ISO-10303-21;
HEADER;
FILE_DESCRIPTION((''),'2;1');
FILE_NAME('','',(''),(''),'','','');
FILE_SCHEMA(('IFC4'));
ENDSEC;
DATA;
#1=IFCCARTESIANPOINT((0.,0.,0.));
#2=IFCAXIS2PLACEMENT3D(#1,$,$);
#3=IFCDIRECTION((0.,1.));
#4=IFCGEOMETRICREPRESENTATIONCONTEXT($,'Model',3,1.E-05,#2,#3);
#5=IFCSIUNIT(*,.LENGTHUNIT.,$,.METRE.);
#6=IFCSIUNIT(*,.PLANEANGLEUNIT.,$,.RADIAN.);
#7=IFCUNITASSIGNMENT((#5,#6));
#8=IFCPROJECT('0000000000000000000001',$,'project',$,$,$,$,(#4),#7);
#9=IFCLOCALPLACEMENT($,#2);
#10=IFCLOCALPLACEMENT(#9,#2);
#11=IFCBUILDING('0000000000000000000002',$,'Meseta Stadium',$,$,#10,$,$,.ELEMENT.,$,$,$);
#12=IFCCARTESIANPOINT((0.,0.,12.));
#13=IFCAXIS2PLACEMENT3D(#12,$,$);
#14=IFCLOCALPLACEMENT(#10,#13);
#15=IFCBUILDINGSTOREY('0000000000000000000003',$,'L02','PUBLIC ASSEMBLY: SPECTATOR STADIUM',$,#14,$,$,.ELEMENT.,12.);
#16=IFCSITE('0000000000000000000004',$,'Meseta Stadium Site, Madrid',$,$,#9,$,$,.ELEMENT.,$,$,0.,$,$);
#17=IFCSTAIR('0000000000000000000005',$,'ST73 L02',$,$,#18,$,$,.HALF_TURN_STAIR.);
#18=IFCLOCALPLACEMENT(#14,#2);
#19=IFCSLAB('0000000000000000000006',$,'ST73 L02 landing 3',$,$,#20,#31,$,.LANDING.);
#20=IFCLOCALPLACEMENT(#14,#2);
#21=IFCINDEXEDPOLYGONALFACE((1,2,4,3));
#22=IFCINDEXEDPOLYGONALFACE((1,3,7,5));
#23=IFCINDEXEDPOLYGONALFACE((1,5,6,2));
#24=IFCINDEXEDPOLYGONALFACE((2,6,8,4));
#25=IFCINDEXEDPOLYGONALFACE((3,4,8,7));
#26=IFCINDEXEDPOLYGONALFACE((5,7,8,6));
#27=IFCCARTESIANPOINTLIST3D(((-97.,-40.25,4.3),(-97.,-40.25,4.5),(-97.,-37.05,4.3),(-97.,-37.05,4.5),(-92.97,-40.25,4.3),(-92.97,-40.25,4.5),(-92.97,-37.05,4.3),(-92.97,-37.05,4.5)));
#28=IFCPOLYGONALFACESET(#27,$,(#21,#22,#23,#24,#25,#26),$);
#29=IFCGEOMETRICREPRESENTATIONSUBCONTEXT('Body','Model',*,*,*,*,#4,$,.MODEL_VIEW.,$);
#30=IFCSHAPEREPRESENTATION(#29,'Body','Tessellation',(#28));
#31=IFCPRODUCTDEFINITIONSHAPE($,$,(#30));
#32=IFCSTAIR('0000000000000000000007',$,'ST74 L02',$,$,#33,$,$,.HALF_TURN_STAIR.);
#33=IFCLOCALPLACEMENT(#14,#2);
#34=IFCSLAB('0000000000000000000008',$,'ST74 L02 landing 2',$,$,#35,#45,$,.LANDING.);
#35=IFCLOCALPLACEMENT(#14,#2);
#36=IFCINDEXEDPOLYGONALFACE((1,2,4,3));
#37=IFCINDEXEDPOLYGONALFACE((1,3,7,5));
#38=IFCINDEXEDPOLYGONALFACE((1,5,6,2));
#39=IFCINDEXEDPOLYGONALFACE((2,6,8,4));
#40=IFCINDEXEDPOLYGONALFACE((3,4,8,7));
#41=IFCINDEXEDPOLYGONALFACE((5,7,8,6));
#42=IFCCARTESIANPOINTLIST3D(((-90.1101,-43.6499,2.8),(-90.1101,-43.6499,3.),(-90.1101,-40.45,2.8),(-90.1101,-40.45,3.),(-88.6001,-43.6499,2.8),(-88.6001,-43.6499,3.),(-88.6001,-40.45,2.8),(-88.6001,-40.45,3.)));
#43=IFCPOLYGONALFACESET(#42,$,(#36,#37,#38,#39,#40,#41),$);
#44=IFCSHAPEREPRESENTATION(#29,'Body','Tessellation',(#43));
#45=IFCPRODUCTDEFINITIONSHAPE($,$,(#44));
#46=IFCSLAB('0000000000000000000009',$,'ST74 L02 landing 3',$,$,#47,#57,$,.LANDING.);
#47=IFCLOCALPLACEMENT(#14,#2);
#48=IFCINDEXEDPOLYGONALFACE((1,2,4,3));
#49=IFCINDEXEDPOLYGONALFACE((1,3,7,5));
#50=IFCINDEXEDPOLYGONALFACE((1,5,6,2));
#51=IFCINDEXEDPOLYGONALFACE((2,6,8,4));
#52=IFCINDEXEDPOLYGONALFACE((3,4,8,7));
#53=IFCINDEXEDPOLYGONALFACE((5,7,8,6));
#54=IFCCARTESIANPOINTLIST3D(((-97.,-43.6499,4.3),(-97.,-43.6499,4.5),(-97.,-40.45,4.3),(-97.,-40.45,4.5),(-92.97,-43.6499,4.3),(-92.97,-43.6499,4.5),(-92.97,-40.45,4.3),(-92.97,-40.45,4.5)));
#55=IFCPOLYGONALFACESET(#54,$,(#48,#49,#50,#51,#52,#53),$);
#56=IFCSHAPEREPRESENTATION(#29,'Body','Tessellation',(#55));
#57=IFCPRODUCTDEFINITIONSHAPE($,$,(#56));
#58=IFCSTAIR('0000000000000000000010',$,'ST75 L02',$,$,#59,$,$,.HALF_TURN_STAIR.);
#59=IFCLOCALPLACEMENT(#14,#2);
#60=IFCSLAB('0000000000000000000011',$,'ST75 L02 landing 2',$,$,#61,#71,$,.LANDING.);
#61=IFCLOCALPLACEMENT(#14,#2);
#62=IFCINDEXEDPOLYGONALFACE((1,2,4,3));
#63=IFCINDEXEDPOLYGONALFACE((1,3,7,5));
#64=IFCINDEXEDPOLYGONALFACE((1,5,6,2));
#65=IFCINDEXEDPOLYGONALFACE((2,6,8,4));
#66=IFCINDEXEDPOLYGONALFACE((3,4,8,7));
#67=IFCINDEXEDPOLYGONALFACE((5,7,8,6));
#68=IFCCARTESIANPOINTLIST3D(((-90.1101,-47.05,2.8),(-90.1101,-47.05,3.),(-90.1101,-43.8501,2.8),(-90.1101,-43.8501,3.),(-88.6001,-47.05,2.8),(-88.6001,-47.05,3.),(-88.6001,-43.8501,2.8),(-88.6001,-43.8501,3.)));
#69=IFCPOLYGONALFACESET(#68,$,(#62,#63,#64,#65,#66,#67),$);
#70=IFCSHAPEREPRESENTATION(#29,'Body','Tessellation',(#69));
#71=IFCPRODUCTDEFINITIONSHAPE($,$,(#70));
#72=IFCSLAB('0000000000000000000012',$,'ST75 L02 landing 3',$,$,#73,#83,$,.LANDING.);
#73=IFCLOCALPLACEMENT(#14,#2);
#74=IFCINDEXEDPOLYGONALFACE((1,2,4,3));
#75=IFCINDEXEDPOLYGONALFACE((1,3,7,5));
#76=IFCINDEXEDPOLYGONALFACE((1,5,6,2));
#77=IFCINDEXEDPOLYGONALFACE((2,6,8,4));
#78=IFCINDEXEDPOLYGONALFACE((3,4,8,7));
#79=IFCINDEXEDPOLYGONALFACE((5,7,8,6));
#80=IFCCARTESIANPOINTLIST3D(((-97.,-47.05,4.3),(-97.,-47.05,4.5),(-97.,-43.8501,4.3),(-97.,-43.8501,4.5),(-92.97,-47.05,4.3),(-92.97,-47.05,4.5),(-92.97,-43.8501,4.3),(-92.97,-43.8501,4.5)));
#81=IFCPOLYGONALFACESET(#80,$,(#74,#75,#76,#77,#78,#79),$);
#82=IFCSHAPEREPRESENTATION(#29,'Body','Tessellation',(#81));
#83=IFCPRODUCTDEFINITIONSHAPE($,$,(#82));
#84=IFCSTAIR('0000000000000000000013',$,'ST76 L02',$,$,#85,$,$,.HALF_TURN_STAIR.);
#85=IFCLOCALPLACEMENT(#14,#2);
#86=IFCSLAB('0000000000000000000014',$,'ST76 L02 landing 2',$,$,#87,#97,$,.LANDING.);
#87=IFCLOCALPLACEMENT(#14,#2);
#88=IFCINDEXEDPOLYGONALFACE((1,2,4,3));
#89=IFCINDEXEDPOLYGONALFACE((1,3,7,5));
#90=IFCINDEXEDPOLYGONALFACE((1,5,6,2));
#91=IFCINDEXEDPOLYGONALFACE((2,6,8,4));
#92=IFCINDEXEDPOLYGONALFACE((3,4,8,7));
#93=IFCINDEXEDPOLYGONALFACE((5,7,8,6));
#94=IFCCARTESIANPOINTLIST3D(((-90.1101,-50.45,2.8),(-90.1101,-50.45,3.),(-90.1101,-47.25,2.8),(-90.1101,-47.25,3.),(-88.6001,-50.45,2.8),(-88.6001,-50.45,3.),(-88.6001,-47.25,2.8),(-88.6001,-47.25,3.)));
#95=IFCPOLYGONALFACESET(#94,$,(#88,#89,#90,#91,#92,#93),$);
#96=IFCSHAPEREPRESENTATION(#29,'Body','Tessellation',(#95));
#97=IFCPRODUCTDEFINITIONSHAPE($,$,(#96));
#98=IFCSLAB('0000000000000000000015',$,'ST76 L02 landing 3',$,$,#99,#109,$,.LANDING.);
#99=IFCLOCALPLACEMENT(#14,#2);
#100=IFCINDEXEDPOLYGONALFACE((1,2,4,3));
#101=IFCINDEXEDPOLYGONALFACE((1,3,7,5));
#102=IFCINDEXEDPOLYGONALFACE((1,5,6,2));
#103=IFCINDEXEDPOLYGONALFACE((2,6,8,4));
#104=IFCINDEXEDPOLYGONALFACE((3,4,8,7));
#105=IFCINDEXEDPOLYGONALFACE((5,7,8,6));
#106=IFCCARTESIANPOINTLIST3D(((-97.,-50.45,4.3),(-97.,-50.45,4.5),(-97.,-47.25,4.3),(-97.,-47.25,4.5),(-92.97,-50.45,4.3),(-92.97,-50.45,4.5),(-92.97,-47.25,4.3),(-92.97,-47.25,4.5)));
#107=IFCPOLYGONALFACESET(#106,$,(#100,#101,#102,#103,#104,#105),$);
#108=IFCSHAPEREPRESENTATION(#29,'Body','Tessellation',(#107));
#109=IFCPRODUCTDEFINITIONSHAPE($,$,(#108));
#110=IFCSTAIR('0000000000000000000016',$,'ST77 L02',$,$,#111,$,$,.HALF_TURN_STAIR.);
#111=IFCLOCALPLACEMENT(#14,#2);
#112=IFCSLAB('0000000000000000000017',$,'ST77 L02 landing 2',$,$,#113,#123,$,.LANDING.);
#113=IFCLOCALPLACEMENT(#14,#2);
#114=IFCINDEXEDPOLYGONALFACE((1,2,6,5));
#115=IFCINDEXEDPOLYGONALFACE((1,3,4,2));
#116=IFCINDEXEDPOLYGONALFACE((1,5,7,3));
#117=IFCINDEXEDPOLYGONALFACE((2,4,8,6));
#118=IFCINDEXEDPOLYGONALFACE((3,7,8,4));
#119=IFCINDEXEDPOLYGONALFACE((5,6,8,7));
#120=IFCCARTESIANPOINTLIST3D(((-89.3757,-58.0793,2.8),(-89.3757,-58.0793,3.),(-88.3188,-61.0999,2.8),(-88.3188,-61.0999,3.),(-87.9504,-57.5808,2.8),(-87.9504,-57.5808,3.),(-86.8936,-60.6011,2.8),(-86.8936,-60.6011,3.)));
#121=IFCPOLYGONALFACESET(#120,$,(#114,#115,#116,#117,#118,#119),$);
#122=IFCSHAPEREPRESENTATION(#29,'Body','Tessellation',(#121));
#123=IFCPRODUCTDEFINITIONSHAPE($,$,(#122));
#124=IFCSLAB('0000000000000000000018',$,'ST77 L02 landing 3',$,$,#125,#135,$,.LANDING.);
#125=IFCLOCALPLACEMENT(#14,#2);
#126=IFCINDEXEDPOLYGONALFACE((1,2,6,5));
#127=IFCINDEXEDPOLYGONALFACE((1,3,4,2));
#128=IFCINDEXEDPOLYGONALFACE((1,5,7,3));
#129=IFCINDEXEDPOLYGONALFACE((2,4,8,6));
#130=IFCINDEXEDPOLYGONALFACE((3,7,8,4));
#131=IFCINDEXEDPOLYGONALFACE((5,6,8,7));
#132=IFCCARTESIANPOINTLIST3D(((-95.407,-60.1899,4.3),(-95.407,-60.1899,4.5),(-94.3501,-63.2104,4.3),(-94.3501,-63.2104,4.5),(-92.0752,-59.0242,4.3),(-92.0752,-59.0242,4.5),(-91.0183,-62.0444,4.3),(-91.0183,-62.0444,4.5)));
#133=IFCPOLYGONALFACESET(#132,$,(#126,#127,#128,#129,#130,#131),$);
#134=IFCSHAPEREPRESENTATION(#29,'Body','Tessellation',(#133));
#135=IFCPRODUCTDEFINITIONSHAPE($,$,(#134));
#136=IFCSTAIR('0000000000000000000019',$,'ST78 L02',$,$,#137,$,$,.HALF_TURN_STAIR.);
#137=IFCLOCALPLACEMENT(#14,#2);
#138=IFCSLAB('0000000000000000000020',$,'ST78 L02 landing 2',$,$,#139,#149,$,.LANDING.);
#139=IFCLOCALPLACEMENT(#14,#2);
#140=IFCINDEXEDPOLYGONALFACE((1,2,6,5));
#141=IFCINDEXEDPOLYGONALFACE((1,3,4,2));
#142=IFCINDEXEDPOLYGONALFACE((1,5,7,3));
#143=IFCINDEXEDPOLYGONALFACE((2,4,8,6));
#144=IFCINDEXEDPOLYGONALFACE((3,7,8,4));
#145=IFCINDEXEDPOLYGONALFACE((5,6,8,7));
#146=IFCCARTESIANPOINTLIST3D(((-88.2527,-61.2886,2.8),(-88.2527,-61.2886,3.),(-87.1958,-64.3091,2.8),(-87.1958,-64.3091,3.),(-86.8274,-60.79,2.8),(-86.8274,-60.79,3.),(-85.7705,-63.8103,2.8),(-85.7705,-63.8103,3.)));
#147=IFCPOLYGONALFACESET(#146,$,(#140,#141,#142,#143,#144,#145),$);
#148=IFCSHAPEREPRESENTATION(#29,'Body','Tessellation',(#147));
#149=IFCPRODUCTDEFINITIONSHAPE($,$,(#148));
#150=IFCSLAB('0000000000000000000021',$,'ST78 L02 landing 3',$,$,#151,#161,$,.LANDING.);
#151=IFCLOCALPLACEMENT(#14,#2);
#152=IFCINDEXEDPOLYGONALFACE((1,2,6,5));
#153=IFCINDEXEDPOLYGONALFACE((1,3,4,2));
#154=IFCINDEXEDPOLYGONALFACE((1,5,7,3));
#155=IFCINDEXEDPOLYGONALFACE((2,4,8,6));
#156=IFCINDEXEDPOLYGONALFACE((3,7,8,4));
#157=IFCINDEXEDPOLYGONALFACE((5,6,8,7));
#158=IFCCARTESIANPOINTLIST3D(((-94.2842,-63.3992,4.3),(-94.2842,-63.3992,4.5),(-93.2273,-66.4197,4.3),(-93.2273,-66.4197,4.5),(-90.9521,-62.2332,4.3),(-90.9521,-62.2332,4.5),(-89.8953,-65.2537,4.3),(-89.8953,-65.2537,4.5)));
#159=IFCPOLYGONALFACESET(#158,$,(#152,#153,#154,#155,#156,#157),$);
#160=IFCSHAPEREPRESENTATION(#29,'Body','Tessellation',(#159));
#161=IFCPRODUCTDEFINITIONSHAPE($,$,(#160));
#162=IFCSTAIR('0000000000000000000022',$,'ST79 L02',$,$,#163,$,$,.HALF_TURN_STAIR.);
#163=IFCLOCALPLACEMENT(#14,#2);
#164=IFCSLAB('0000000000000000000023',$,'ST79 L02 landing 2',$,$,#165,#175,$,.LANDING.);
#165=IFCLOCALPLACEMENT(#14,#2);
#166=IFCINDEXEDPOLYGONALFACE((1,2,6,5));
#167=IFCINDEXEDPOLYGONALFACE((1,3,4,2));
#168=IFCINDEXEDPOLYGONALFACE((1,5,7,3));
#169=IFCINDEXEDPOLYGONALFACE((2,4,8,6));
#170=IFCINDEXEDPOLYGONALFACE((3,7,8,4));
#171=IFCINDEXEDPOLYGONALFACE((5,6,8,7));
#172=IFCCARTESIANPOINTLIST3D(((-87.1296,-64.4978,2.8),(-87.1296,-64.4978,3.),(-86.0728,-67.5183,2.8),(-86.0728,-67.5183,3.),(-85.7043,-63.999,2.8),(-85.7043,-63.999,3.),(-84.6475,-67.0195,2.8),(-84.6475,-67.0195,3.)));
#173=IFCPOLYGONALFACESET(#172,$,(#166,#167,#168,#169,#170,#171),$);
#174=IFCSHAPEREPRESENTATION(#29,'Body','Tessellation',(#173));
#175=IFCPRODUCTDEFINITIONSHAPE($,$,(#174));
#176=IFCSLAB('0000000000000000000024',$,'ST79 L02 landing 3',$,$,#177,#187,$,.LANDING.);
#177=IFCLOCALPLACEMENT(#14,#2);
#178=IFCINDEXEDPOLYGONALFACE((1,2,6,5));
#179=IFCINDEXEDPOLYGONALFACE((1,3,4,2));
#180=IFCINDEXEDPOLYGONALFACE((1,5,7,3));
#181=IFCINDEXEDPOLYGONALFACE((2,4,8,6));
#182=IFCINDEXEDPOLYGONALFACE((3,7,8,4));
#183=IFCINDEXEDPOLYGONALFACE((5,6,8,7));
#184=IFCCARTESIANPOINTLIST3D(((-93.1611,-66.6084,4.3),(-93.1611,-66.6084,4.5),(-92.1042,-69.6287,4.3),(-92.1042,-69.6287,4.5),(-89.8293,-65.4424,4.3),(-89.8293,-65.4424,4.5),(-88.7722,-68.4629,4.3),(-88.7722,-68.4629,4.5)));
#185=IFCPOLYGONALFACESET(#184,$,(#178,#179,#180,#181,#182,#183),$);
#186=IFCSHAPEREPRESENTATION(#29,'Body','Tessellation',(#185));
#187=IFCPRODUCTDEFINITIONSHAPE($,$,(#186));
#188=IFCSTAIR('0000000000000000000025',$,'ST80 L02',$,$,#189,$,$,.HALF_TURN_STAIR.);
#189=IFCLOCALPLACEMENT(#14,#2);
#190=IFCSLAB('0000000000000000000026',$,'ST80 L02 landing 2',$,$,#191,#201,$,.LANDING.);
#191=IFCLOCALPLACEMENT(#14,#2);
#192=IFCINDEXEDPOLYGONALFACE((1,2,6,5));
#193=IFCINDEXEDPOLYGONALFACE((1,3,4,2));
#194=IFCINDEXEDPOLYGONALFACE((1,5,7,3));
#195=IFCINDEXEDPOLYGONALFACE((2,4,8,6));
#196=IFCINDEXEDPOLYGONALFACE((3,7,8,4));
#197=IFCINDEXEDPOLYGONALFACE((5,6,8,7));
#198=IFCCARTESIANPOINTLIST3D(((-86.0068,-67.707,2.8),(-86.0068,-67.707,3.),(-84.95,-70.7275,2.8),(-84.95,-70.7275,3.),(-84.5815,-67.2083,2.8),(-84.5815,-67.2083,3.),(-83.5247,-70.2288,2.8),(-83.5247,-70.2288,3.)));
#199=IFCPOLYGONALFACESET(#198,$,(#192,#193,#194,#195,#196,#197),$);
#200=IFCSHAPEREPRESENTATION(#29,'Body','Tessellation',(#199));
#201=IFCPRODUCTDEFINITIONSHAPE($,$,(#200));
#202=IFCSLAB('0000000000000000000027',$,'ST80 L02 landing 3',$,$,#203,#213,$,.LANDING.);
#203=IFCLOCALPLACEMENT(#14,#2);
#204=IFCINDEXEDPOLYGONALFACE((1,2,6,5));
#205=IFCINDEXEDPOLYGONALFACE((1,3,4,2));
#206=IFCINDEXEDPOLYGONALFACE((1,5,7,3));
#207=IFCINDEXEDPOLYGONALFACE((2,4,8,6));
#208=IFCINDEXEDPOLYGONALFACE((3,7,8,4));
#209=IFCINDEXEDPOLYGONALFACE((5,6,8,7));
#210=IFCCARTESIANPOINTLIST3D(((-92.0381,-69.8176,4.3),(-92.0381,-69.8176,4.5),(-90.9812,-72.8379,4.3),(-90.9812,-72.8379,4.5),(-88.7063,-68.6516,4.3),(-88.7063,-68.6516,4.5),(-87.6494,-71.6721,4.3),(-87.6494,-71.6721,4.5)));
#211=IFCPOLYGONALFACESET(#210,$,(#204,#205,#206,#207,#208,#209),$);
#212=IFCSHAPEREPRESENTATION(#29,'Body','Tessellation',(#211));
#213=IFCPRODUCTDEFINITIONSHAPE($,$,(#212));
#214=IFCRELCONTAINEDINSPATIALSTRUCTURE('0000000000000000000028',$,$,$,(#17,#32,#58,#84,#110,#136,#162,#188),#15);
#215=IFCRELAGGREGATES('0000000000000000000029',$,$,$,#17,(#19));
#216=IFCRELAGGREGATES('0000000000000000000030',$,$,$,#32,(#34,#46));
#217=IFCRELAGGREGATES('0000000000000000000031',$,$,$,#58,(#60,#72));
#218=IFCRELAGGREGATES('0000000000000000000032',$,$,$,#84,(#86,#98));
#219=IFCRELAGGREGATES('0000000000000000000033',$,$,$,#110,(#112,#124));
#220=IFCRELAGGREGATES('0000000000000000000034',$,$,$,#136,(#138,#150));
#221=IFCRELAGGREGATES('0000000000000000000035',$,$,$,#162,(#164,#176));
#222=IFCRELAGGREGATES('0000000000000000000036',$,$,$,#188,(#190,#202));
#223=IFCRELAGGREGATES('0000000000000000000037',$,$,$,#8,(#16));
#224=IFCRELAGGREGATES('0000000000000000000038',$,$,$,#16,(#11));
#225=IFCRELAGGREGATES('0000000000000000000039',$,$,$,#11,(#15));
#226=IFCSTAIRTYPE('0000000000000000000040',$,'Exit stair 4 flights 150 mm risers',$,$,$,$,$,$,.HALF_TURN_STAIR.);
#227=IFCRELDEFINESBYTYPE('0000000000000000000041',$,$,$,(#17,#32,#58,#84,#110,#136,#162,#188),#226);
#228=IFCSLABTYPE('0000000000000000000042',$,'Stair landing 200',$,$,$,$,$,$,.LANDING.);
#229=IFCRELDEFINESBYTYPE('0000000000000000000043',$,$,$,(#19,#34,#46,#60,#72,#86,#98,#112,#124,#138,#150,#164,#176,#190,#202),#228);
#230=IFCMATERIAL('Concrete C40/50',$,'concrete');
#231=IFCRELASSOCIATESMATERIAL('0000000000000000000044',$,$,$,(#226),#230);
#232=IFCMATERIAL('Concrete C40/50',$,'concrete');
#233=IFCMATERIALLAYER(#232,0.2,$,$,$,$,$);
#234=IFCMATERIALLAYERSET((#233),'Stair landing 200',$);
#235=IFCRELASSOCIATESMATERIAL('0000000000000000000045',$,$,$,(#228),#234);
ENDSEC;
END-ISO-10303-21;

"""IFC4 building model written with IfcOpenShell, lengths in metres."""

from ifc_helpers import new_model, si_unit, direction, frame, origin, place, context, subcontext, project, spatial, polyline, outline, extrude, material, layer, layer_set, type_object, element, aggregate, save


model = new_model("IFC4")

# Units and contexts
model_context = context("Model", 3, precision=1e-05, world=origin(), true_north=direction((0.0, 1.0)))
body_context = subcontext(model_context, "Body", "Model", "MODEL_VIEW")
ifc_project = project(units=[si_unit("LENGTHUNIT", "METRE"), si_unit("PLANEANGLEUNIT", "RADIAN")], contexts=[model_context])

# Site, building, storey
site_placement = place(None, origin())
site = spatial("IfcSite", under=ifc_project, at=site_placement, Name="Meseta Stadium Site, Madrid", CompositionType="ELEMENT", RefElevation=0.0)
building_placement = place(site_placement, origin())
building = spatial("IfcBuilding", under=site, at=building_placement, Name="Meseta Stadium", CompositionType="ELEMENT")
storey_placement = place(building_placement, frame((0.0, 0.0, 12.0)))
storey = spatial("IfcBuildingStorey", under=building, at=storey_placement, Name="L02", Description="PUBLIC ASSEMBLY: SPECTATOR STADIUM", CompositionType="ELEMENT", Elevation=12.0)

# Stairs, slabs
ifc_material_1 = material(Name="Concrete C40/50", Category="concrete")
stair_type = type_object("IfcStairType", Name="Exit stair 4 flights 150 mm risers", PredefinedType="HALF_TURN_STAIR", material=ifc_material_1)
ifc_material_2 = material(Name="Concrete C40/50", Category="concrete")
ifc_layer = layer(ifc_material_2, 0.2)
ifc_layer_set = layer_set([ifc_layer], Name="Stair landing 200")
slab_type = type_object("IfcSlabType", Name="Stair landing 200", PredefinedType="LANDING", material=ifc_layer_set)
stair_1_placement = place(storey_placement, origin())
stair_1 = element("IfcStair", 1, at=stair_1_placement, inside=storey, type_object=stair_type, Name="ST73 L02", PredefinedType="HALF_TURN_STAIR")
slab_1_placement = place(storey_placement, frame((0.0, 0.0, 4.3)))
slab_1 = element("IfcSlab", 2, at=slab_1_placement, type_object=slab_type, Name="ST73 L02 landing 3", PredefinedType="LANDING", context=body_context, shape_type="SweptSolid", body=[
    extrude(outline(polyline([(-92.97, -37.05), (-97.0, -37.05), (-97.0, -40.25), (-92.97, -40.25), (-92.97, -37.05)])), origin(), (0.0, 0.0, 1.0), 0.2),
])
aggregate(stair_1, [slab_1])
stair_2_placement = place(storey_placement, origin())
stair_2 = element("IfcStair", 3, at=stair_2_placement, inside=storey, type_object=stair_type, Name="ST74 L02", PredefinedType="HALF_TURN_STAIR")
slab_2_placement = place(storey_placement, frame((0.0, 0.0, 2.8)))
slab_2 = element("IfcSlab", 4, at=slab_2_placement, type_object=slab_type, Name="ST74 L02 landing 2", PredefinedType="LANDING", context=body_context, shape_type="SweptSolid", body=[
    extrude(outline(polyline([(-88.6001, -40.45), (-90.1101, -40.45), (-90.1101, -43.6499), (-88.6001, -43.6499), (-88.6001, -40.45)])), origin(), (0.0, 0.0, 1.0), 0.2),
])
slab_3_placement = place(storey_placement, frame((0.0, 0.0, 4.3)))
slab_3 = element("IfcSlab", 5, at=slab_3_placement, type_object=slab_type, Name="ST74 L02 landing 3", PredefinedType="LANDING", context=body_context, shape_type="SweptSolid", body=[
    extrude(outline(polyline([(-92.97, -40.45), (-97.0, -40.45), (-97.0, -43.6499), (-92.97, -43.6499), (-92.97, -40.45)])), origin(), (0.0, 0.0, 1.0), 0.2),
])
aggregate(stair_2, [slab_2, slab_3])
stair_3_placement = place(storey_placement, origin())
stair_3 = element("IfcStair", 6, at=stair_3_placement, inside=storey, type_object=stair_type, Name="ST75 L02", PredefinedType="HALF_TURN_STAIR")
slab_4_placement = place(storey_placement, frame((0.0, 0.0, 2.8)))
slab_4 = element("IfcSlab", 7, at=slab_4_placement, type_object=slab_type, Name="ST75 L02 landing 2", PredefinedType="LANDING", context=body_context, shape_type="SweptSolid", body=[
    extrude(outline(polyline([(-88.6001, -43.8501), (-90.1101, -43.8501), (-90.1101, -47.05), (-88.6001, -47.05), (-88.6001, -43.8501)])), origin(), (0.0, 0.0, 1.0), 0.2),
])
slab_5_placement = place(storey_placement, frame((0.0, 0.0, 4.3)))
slab_5 = element("IfcSlab", 8, at=slab_5_placement, type_object=slab_type, Name="ST75 L02 landing 3", PredefinedType="LANDING", context=body_context, shape_type="SweptSolid", body=[
    extrude(outline(polyline([(-92.97, -43.8501), (-97.0, -43.8501), (-97.0, -47.05), (-92.97, -47.05), (-92.97, -43.8501)])), origin(), (0.0, 0.0, 1.0), 0.2),
])
aggregate(stair_3, [slab_4, slab_5])
stair_4_placement = place(storey_placement, origin())
stair_4 = element("IfcStair", 9, at=stair_4_placement, inside=storey, type_object=stair_type, Name="ST76 L02", PredefinedType="HALF_TURN_STAIR")
slab_6_placement = place(storey_placement, frame((0.0, 0.0, 2.8)))
slab_6 = element("IfcSlab", 10, at=slab_6_placement, type_object=slab_type, Name="ST76 L02 landing 2", PredefinedType="LANDING", context=body_context, shape_type="SweptSolid", body=[
    extrude(outline(polyline([(-88.6001, -47.25), (-90.1101, -47.25), (-90.1101, -50.45), (-88.6001, -50.45), (-88.6001, -47.25)])), origin(), (0.0, 0.0, 1.0), 0.2),
])
slab_7_placement = place(storey_placement, frame((0.0, 0.0, 4.3)))
slab_7 = element("IfcSlab", 11, at=slab_7_placement, type_object=slab_type, Name="ST76 L02 landing 3", PredefinedType="LANDING", context=body_context, shape_type="SweptSolid", body=[
    extrude(outline(polyline([(-92.97, -47.25), (-97.0, -47.25), (-97.0, -50.45), (-92.97, -50.45), (-92.97, -47.25)])), origin(), (0.0, 0.0, 1.0), 0.2),
])
aggregate(stair_4, [slab_6, slab_7])
stair_5_placement = place(storey_placement, origin())
stair_5 = element("IfcStair", 12, at=stair_5_placement, inside=storey, type_object=stair_type, Name="ST77 L02", PredefinedType="HALF_TURN_STAIR")
slab_8_placement = place(storey_placement, frame((0.0, 0.0, 2.8)))
slab_8 = element("IfcSlab", 13, at=slab_8_placement, type_object=slab_type, Name="ST77 L02 landing 2", PredefinedType="LANDING", context=body_context, shape_type="SweptSolid", body=[
    extrude(outline(polyline([(-87.9504, -57.5808), (-89.3757, -58.0793), (-88.3188, -61.0999), (-86.8936, -60.6011), (-87.9504, -57.5808)])), origin(), (0.0, 0.0, 1.0), 0.2),
])
slab_9_placement = place(storey_placement, frame((0.0, 0.0, 4.3)))
slab_9 = element("IfcSlab", 14, at=slab_9_placement, type_object=slab_type, Name="ST77 L02 landing 3", PredefinedType="LANDING", context=body_context, shape_type="SweptSolid", body=[
    extrude(outline(polyline([(-92.0752, -59.0242), (-95.407, -60.1899), (-94.3501, -63.2104), (-91.0183, -62.0444), (-92.0752, -59.0242)])), origin(), (0.0, 0.0, 1.0), 0.2),
])
aggregate(stair_5, [slab_8, slab_9])
stair_6_placement = place(storey_placement, origin())
stair_6 = element("IfcStair", 15, at=stair_6_placement, inside=storey, type_object=stair_type, Name="ST78 L02", PredefinedType="HALF_TURN_STAIR")
slab_10_placement = place(storey_placement, frame((0.0, 0.0, 2.8)))
slab_10 = element("IfcSlab", 16, at=slab_10_placement, type_object=slab_type, Name="ST78 L02 landing 2", PredefinedType="LANDING", context=body_context, shape_type="SweptSolid", body=[
    extrude(outline(polyline([(-86.8274, -60.79), (-88.2527, -61.2886), (-87.1958, -64.3091), (-85.7705, -63.8103), (-86.8274, -60.79)])), origin(), (0.0, 0.0, 1.0), 0.2),
])
slab_11_placement = place(storey_placement, frame((0.0, 0.0, 4.3)))
slab_11 = element("IfcSlab", 17, at=slab_11_placement, type_object=slab_type, Name="ST78 L02 landing 3", PredefinedType="LANDING", context=body_context, shape_type="SweptSolid", body=[
    extrude(outline(polyline([(-90.9521, -62.2332), (-94.2842, -63.3992), (-93.2273, -66.4197), (-89.8953, -65.2537), (-90.9521, -62.2332)])), origin(), (0.0, 0.0, 1.0), 0.2),
])
aggregate(stair_6, [slab_10, slab_11])
stair_7_placement = place(storey_placement, origin())
stair_7 = element("IfcStair", 18, at=stair_7_placement, inside=storey, type_object=stair_type, Name="ST79 L02", PredefinedType="HALF_TURN_STAIR")
slab_12_placement = place(storey_placement, frame((0.0, 0.0, 2.8)))
slab_12 = element("IfcSlab", 19, at=slab_12_placement, type_object=slab_type, Name="ST79 L02 landing 2", PredefinedType="LANDING", context=body_context, shape_type="SweptSolid", body=[
    extrude(outline(polyline([(-85.7043, -63.999), (-87.1296, -64.4978), (-86.0728, -67.5183), (-84.6475, -67.0195), (-85.7043, -63.999)])), origin(), (0.0, 0.0, 1.0), 0.2),
])
slab_13_placement = place(storey_placement, frame((0.0, 0.0, 4.3)))
slab_13 = element("IfcSlab", 20, at=slab_13_placement, type_object=slab_type, Name="ST79 L02 landing 3", PredefinedType="LANDING", context=body_context, shape_type="SweptSolid", body=[
    extrude(outline(polyline([(-89.8293, -65.4424), (-93.1611, -66.6084), (-92.1042, -69.6287), (-88.7722, -68.4629), (-89.8293, -65.4424)])), origin(), (0.0, 0.0, 1.0), 0.2),
])
aggregate(stair_7, [slab_12, slab_13])
stair_8_placement = place(storey_placement, origin())
stair_8 = element("IfcStair", 21, at=stair_8_placement, inside=storey, type_object=stair_type, Name="ST80 L02", PredefinedType="HALF_TURN_STAIR")
slab_14_placement = place(storey_placement, frame((0.0, 0.0, 2.8)))
slab_14 = element("IfcSlab", 22, at=slab_14_placement, type_object=slab_type, Name="ST80 L02 landing 2", PredefinedType="LANDING", context=body_context, shape_type="SweptSolid", body=[
    extrude(outline(polyline([(-84.5815, -67.2083), (-86.0068, -67.707), (-84.95, -70.7275), (-83.5247, -70.2288), (-84.5815, -67.2083)])), origin(), (0.0, 0.0, 1.0), 0.2),
])
slab_15_placement = place(storey_placement, frame((0.0, 0.0, 4.3)))
slab_15 = element("IfcSlab", 23, at=slab_15_placement, type_object=slab_type, Name="ST80 L02 landing 3", PredefinedType="LANDING", context=body_context, shape_type="SweptSolid", body=[
    extrude(outline(polyline([(-88.7063, -68.6516), (-92.0381, -69.8176), (-90.9812, -72.8379), (-87.6494, -71.6721), (-88.7063, -68.6516)])), origin(), (0.0, 0.0, 1.0), 0.2),
])
aggregate(stair_8, [slab_14, slab_15])

save(model, "model.ifc")
